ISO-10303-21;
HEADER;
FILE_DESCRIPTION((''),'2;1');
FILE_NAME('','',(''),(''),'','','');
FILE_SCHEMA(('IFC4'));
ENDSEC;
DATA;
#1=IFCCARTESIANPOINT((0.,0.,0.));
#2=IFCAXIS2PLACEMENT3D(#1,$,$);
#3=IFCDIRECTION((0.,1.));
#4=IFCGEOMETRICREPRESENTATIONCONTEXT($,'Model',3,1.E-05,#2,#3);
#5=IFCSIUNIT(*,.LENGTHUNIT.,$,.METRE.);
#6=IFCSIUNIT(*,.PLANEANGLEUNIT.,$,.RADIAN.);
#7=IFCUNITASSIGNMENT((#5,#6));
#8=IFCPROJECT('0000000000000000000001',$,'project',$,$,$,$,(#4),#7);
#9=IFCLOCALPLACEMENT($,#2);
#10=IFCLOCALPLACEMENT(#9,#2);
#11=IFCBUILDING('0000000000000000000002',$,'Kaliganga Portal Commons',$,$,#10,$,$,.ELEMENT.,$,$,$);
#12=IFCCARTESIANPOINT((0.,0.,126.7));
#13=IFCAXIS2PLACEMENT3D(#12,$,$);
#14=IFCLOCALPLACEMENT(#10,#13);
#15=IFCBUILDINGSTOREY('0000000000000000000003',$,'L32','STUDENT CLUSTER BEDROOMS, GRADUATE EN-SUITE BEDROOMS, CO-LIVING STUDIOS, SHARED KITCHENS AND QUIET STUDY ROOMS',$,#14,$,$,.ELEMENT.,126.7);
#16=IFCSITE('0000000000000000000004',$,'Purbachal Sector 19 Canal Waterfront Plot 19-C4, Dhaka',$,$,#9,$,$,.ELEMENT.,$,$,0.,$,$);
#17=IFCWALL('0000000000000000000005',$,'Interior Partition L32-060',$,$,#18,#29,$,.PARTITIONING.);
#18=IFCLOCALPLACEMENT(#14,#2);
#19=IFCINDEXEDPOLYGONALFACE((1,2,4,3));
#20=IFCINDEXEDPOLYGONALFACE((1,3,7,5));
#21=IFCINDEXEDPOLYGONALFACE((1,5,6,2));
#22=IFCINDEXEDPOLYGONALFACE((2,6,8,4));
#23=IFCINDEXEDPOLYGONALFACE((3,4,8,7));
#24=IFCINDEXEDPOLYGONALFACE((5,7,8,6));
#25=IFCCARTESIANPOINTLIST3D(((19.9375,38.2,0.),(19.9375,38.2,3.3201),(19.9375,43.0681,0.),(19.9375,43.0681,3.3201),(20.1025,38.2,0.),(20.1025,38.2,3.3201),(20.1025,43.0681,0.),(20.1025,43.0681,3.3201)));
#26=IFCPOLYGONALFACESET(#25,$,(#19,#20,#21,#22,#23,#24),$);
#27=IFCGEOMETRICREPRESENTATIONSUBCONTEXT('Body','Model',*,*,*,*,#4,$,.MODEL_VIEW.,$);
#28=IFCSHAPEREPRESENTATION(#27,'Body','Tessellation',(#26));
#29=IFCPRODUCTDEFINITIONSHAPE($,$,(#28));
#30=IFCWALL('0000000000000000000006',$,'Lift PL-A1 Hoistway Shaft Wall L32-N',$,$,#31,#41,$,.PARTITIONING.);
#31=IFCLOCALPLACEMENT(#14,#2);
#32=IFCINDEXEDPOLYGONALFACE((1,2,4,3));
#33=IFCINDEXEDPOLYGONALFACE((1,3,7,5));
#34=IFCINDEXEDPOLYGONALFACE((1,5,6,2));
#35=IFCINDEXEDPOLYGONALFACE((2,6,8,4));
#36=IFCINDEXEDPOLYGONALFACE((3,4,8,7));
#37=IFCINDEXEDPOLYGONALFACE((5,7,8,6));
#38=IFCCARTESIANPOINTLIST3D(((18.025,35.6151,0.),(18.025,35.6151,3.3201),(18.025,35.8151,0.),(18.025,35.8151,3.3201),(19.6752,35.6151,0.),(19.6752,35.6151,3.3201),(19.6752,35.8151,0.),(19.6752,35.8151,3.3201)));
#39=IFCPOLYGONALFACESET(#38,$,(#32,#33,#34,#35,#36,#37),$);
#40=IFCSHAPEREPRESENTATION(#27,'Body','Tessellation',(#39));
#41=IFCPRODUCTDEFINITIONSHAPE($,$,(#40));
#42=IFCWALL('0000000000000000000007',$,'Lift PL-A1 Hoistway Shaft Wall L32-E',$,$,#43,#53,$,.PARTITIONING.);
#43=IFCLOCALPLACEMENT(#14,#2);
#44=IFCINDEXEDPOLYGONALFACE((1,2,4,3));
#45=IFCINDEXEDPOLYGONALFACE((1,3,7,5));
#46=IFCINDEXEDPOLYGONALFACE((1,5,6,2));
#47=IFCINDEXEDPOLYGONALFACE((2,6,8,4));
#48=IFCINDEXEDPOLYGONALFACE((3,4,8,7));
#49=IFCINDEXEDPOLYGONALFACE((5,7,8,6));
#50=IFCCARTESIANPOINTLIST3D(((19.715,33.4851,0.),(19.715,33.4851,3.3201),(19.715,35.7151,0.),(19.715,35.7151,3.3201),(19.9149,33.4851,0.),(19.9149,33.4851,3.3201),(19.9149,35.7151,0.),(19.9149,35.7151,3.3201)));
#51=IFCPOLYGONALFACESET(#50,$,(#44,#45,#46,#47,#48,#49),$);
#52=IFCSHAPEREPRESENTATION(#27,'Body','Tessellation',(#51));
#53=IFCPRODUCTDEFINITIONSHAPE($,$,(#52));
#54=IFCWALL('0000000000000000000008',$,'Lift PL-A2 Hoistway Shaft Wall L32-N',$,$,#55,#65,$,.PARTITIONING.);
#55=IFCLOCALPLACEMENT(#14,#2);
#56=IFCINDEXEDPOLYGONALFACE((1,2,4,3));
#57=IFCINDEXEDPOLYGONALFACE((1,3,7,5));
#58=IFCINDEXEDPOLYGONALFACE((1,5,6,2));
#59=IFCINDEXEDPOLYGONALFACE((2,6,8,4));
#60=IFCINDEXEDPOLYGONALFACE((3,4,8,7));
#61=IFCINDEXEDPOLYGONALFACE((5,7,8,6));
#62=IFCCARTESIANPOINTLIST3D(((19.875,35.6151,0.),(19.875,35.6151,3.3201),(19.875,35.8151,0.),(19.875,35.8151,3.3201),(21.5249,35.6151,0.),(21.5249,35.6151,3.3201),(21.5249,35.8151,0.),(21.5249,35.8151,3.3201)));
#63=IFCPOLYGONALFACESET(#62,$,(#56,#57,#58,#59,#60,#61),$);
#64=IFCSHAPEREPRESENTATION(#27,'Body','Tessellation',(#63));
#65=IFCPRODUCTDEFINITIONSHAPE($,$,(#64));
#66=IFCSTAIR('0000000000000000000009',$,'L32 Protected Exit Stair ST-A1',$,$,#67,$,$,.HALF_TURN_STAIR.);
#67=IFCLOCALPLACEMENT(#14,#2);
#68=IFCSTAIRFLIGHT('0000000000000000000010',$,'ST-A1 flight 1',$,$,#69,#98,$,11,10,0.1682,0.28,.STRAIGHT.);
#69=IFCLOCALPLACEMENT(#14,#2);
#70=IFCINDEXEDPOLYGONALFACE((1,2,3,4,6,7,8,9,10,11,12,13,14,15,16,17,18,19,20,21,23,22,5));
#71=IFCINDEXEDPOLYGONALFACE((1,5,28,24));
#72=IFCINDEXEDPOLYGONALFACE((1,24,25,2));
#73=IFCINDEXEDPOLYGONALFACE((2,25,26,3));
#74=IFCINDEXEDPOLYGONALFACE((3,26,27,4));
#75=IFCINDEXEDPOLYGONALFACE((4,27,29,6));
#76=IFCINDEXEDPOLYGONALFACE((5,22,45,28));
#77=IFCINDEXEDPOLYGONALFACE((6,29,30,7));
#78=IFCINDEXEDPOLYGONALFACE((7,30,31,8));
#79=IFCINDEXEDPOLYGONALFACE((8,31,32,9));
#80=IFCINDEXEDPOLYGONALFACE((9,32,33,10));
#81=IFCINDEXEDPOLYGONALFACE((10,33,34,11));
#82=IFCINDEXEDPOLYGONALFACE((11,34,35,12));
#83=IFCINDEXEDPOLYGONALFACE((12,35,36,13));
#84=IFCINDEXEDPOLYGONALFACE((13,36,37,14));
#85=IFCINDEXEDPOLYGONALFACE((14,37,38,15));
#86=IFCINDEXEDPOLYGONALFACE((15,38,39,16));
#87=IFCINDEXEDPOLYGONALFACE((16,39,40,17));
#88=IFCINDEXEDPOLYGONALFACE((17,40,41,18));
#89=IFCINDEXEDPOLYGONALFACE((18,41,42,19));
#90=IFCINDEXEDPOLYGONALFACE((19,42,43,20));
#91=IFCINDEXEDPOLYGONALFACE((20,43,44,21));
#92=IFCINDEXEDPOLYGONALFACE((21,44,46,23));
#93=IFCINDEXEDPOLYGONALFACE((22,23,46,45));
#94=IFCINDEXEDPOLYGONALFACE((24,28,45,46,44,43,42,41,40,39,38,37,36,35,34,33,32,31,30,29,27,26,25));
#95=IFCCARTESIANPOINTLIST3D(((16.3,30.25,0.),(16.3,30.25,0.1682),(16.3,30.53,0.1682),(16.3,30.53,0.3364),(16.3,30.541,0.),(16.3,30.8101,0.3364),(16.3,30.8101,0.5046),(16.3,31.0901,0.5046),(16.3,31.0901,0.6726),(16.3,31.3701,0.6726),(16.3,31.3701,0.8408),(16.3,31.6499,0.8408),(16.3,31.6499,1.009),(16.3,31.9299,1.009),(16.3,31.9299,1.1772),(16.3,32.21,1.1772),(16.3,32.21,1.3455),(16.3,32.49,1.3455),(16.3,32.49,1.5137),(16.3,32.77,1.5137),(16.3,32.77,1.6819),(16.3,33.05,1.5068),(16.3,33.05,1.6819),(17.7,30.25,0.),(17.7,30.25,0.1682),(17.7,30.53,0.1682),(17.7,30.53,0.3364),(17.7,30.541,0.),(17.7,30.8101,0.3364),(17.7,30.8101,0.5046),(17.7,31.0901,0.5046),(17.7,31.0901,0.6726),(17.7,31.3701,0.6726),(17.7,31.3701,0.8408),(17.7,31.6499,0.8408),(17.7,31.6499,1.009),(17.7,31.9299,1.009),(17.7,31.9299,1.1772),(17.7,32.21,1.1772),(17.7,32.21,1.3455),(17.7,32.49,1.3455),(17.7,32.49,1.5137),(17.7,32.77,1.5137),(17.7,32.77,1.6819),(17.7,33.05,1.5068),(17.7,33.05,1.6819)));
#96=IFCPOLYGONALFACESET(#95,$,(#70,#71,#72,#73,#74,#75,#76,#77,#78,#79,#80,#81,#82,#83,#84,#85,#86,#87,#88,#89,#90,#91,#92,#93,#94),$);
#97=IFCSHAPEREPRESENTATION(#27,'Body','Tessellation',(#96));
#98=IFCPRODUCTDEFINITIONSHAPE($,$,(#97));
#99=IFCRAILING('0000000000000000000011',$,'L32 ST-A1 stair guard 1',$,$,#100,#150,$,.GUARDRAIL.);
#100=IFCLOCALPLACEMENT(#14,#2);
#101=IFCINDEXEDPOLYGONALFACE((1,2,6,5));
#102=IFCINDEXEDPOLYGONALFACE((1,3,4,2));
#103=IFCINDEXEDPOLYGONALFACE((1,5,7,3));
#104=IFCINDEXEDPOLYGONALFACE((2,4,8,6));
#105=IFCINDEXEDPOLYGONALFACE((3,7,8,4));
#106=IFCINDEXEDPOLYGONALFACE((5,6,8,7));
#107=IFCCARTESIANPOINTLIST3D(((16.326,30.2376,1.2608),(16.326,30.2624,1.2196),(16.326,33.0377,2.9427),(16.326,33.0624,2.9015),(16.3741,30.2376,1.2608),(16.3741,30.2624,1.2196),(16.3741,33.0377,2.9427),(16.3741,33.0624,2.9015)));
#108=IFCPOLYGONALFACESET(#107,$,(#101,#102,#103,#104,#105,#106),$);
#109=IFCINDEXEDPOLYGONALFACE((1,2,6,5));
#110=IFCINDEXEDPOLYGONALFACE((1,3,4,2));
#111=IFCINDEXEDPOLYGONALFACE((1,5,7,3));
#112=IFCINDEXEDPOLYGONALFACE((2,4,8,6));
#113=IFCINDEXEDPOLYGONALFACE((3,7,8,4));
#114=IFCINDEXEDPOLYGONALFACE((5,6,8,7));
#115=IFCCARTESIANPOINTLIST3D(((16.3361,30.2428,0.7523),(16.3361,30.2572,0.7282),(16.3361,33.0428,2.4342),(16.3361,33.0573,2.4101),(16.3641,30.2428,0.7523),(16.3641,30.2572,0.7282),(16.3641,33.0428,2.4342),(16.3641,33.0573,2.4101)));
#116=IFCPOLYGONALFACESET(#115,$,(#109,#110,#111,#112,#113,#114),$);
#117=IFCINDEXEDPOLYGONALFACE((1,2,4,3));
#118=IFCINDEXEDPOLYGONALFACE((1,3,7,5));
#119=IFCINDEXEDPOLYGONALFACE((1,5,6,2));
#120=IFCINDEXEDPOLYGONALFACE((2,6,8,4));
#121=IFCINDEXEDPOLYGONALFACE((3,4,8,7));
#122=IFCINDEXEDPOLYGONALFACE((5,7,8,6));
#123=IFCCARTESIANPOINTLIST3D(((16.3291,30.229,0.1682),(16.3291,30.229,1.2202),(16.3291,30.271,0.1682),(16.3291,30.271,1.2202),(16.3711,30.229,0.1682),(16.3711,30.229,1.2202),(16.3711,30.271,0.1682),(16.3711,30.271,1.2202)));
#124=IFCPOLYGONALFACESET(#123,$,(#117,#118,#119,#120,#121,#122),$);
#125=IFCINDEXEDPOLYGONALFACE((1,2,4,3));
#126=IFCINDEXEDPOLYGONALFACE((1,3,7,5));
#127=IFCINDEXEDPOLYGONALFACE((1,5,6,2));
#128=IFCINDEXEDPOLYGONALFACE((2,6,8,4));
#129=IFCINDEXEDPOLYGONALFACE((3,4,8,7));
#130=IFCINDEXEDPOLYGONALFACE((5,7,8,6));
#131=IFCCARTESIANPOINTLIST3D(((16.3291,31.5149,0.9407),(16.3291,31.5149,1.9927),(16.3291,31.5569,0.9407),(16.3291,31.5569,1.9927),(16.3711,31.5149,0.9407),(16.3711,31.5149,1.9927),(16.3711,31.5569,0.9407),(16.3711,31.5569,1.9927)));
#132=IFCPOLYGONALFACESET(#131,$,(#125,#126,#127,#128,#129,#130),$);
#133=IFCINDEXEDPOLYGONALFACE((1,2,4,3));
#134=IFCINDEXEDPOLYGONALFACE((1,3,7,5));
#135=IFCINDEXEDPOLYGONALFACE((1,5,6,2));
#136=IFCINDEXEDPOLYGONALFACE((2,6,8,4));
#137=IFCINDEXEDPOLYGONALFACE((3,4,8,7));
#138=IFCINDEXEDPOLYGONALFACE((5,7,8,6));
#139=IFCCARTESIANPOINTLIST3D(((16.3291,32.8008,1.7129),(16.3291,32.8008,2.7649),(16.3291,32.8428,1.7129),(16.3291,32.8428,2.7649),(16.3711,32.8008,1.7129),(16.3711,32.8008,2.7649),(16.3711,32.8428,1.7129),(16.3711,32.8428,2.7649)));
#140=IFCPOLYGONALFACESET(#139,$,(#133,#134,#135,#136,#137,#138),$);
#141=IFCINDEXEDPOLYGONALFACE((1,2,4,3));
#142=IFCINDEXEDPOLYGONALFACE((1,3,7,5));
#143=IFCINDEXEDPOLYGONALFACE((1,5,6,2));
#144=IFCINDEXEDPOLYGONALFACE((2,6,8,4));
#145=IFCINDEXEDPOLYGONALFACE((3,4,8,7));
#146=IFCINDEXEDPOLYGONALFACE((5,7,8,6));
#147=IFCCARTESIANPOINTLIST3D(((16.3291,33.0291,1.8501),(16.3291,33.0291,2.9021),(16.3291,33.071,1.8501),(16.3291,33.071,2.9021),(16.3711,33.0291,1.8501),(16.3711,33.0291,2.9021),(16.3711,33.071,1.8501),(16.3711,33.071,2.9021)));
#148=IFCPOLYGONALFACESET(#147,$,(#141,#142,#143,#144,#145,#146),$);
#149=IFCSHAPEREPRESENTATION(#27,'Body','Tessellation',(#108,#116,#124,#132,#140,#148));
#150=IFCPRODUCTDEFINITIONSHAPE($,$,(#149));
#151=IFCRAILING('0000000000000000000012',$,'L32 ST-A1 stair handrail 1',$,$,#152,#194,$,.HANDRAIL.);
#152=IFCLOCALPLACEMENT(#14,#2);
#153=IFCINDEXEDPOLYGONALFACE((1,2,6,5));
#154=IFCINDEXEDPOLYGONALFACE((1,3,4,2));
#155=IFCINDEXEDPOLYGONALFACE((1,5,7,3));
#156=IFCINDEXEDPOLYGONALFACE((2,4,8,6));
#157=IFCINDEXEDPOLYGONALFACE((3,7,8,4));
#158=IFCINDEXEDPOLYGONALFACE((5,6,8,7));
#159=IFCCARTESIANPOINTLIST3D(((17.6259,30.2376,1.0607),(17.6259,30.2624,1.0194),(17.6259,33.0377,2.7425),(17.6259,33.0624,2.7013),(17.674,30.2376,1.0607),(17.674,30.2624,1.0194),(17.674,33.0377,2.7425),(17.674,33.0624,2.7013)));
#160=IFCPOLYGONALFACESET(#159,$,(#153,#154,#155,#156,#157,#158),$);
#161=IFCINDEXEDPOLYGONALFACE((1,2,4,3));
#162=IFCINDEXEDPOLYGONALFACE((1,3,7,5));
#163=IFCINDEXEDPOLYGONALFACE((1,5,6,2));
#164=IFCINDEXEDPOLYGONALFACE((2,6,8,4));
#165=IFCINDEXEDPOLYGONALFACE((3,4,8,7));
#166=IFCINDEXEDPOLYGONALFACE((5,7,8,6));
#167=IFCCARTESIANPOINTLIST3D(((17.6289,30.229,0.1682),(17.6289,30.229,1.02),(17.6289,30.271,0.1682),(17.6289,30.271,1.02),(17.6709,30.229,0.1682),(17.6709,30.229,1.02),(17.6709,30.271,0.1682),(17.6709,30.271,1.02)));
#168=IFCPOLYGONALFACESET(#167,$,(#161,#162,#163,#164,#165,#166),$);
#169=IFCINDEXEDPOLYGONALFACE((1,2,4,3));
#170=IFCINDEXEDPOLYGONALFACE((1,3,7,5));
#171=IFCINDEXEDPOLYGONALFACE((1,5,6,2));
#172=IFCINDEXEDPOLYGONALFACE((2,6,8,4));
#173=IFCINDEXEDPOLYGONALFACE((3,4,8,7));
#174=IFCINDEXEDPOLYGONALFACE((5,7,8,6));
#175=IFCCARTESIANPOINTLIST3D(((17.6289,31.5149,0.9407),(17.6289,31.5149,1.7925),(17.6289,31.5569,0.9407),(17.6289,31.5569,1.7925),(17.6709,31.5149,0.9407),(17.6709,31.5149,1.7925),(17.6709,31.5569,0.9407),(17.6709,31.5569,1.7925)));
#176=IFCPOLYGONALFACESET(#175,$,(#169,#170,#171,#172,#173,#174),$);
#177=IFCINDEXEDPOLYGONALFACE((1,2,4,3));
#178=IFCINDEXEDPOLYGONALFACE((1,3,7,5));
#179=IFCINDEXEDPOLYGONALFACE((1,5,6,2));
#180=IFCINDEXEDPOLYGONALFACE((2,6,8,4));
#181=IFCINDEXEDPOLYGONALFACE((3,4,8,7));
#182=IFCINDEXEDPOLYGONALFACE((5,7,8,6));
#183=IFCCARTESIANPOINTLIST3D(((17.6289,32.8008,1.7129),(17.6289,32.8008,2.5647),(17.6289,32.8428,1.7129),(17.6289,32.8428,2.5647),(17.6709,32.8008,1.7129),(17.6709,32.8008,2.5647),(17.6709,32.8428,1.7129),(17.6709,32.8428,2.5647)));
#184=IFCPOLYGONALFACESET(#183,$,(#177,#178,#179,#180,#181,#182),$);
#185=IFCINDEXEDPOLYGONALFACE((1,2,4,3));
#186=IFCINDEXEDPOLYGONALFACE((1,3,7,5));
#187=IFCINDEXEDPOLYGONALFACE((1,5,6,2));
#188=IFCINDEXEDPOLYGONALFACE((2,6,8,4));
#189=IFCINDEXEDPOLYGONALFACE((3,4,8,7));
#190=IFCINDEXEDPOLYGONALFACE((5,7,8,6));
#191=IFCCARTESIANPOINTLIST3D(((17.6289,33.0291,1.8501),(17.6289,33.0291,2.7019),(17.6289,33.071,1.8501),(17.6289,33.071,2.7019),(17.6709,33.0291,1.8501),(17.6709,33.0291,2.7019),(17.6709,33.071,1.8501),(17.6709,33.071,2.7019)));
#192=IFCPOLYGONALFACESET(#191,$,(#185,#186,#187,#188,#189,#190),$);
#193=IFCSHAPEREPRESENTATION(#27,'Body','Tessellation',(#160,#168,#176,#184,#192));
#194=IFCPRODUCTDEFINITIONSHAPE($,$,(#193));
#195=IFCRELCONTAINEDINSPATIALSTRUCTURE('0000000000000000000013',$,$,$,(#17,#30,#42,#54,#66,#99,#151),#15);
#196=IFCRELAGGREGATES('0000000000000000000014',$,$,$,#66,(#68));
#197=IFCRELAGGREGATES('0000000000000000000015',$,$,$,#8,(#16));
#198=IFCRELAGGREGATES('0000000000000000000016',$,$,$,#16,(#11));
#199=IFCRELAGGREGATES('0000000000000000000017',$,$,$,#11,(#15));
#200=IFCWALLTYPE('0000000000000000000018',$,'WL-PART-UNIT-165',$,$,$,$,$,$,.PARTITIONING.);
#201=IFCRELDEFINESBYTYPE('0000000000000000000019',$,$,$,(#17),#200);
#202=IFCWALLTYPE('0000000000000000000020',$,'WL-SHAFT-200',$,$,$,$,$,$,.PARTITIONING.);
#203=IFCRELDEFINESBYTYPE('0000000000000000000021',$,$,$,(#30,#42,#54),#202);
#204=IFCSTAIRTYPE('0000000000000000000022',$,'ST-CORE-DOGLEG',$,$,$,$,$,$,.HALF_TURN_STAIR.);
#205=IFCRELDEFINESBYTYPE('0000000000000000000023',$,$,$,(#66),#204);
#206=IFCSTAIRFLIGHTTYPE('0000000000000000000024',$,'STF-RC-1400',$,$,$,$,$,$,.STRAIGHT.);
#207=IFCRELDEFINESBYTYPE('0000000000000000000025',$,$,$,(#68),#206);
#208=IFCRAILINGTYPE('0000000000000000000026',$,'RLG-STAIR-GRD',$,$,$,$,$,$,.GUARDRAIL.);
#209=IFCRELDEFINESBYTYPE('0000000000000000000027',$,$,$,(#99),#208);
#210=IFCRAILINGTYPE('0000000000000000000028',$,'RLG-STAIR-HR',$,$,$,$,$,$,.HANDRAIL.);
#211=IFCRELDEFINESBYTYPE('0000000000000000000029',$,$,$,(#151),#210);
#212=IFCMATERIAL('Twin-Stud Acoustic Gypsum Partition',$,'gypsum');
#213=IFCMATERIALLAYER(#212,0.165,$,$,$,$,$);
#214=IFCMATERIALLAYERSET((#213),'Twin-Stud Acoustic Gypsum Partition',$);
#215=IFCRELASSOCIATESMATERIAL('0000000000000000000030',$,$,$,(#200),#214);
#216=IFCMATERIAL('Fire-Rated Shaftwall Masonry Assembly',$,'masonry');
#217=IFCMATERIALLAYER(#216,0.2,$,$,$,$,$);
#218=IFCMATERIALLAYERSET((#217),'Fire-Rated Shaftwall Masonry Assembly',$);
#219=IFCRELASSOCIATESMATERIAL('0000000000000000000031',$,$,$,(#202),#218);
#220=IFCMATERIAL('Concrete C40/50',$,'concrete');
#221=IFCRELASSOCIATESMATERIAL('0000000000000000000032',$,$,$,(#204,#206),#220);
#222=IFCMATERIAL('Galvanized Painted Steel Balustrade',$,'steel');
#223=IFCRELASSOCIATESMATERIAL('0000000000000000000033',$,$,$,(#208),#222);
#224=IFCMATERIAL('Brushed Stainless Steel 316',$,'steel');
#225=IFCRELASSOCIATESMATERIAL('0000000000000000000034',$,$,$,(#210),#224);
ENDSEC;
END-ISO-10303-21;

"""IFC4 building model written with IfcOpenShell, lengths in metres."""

from ifc_helpers import new_model, si_unit, direction, frame, frame_2d, origin, origin_2d, place, context, subcontext, project, spatial, polyline, rectangle, outline, extrude, material, layer, layer_set, type_object, element, aggregate, save


model = new_model("IFC4")

# Units and contexts
model_context = context("Model", 3, precision=1e-05, world=origin(), true_north=direction((0.0, 1.0)))
body_context = subcontext(model_context, "Body", "Model", "MODEL_VIEW")
ifc_project = project(units=[si_unit("LENGTHUNIT", "METRE"), si_unit("PLANEANGLEUNIT", "RADIAN")], contexts=[model_context])

# Site, building, storey
site_placement = place(None, origin())
site = spatial("IfcSite", under=ifc_project, at=site_placement, Name="Purbachal Sector 19 Canal Waterfront Plot 19-C4, Dhaka", CompositionType="ELEMENT", RefElevation=0.0)
building_placement = place(site_placement, origin())
building = spatial("IfcBuilding", under=site, at=building_placement, Name="Kaliganga Portal Commons", CompositionType="ELEMENT")
storey_placement = place(building_placement, frame((0.0, 0.0, 126.7)))
storey = spatial("IfcBuildingStorey", under=building, at=storey_placement, Name="L32", Description="STUDENT CLUSTER BEDROOMS, GRADUATE EN-SUITE BEDROOMS, CO-LIVING STUDIOS, SHARED KITCHENS AND QUIET STUDY ROOMS", CompositionType="ELEMENT", Elevation=126.7)

# Wall
ifc_material_1 = material(Name="Twin-Stud Acoustic Gypsum Partition", Category="gypsum")
ifc_layer_1 = layer(ifc_material_1, 0.165)
ifc_layer_set_1 = layer_set([ifc_layer_1], Name="Twin-Stud Acoustic Gypsum Partition")
wall_type_1 = type_object("IfcWallType", Name="WL-PART-UNIT-165", PredefinedType="PARTITIONING", material=ifc_layer_set_1)
wall_1_placement = place(storey_placement, frame((20.02, 38.2, 0.0), z_axis=(0.0, 0.0, 1.0), x_axis=(0.0, 1.0, 0.0)))
element("IfcWall", 1, at=wall_1_placement, inside=storey, type_object=wall_type_1, Name="Interior Partition L32-060", PredefinedType="PARTITIONING", context=body_context, shape_type="SweptSolid", body=[
    extrude(rectangle(XDim=4.8682, YDim=0.165, at=frame_2d((2.4341, 0.0))), origin(), (0.0, 0.0, 1.0), 3.3201),
])

# Shared definitions
ifc_material_2 = material(Name="Fire-Rated Shaftwall Masonry Assembly", Category="masonry")
ifc_layer_2 = layer(ifc_material_2, 0.2)
ifc_layer_set_2 = layer_set([ifc_layer_2], Name="Fire-Rated Shaftwall Masonry Assembly")
wall_type_2 = type_object("IfcWallType", Name="WL-SHAFT-200", PredefinedType="PARTITIONING", material=ifc_layer_set_2)

# Walls
wall_2_placement = place(storey_placement, frame((18.0249, 35.7151, 0.0), z_axis=(0.0, 0.0, 1.0), x_axis=(1.0, 0.0, 0.0)))
element("IfcWall", 2, at=wall_2_placement, inside=storey, type_object=wall_type_2, Name="Lift PL-A1 Hoistway Shaft Wall L32-N", PredefinedType="PARTITIONING", context=body_context, shape_type="SweptSolid", body=[
    extrude(rectangle(XDim=1.6501, YDim=0.2, at=frame_2d((0.8252, 0.0))), origin(), (0.0, 0.0, 1.0), 3.3201),
])
wall_3_placement = place(storey_placement, frame((19.8149, 33.4851, 0.0), z_axis=(0.0, 0.0, 1.0), x_axis=(0.0, 1.0, 0.0)))
element("IfcWall", 3, at=wall_3_placement, inside=storey, type_object=wall_type_2, Name="Lift PL-A1 Hoistway Shaft Wall L32-E", PredefinedType="PARTITIONING", context=body_context, shape_type="SweptSolid", body=[
    extrude(rectangle(XDim=2.23, YDim=0.2, at=frame_2d((1.115, 0.0))), origin(), (0.0, 0.0, 1.0), 3.3201),
])

# Wall
wall_4_placement = place(storey_placement, frame((19.875, 35.7151, 0.0), z_axis=(0.0, 0.0, 1.0), x_axis=(1.0, 0.0, 0.0)))
element("IfcWall", 4, at=wall_4_placement, inside=storey, type_object=wall_type_2, Name="Lift PL-A2 Hoistway Shaft Wall L32-N", PredefinedType="PARTITIONING", context=body_context, shape_type="SweptSolid", body=[
    extrude(rectangle(XDim=1.6499, YDim=0.2, at=frame_2d((0.825, 0.0))), origin(), (0.0, 0.0, 1.0), 3.3201),
])

# Stair, stair flight
ifc_material_3 = material(Name="Concrete C40/50", Category="concrete")
stair_type = type_object("IfcStairType", Name="ST-CORE-DOGLEG", PredefinedType="HALF_TURN_STAIR", material=ifc_material_3)
stair_placement = place(storey_placement, origin())
stair = element("IfcStair", 5, at=stair_placement, inside=storey, type_object=stair_type, Name="L32 Protected Exit Stair ST-A1", PredefinedType="HALF_TURN_STAIR")
stair_flight_type = type_object("IfcStairFlightType", Name="STF-RC-1400", PredefinedType="STRAIGHT", material=ifc_material_3)
stair_flight_placement = place(storey_placement, frame((17.0, 30.25, 0.0), z_axis=(0.0, 0.0, 1.0), x_axis=(0.0, 1.0, 0.0)))
stair_flight = element("IfcStairFlight", 6, at=stair_flight_placement, type_object=stair_flight_type, Name="ST-A1 flight 1", NumberOfRisers=11, NumberOfTreads=10, PredefinedType="STRAIGHT", RiserHeight=0.1682, TreadLength=0.28, context=body_context, shape_type="SweptSolid", body=[
    extrude(outline(polyline([(0.0, 0.0), (0.0, 0.1682), (0.28, 0.1682), (0.28, 0.3364), (0.5601, 0.3364), (0.5601, 0.5046), (0.8401, 0.5046), (0.8401, 0.6726), (1.1201, 0.6726), (1.1201, 0.8408), (1.3999, 0.8408), (1.3999, 1.009), (1.6799, 1.009), (1.6799, 1.1772), (1.96, 1.1772), (1.96, 1.3455), (2.24, 1.3455), (2.24, 1.5137), (2.52, 1.5137), (2.52, 1.6819), (2.8, 1.6819), (2.8, 1.8501), (2.8, 1.5068), (0.291, 0.0), (0.0, 0.0)])), frame((0.0, 0.7, 0.0), z_axis=(0.0, -1.0, 0.0), x_axis=(1.0, 0.0, 0.0)), (0.0, 0.0, 1.0), 1.3999),
])
aggregate(stair, [stair_flight])

# Railings
ifc_material_4 = material(Name="Galvanized Painted Steel Balustrade", Category="steel")
railing_type_1 = type_object("IfcRailingType", Name="RLG-STAIR-GRD", PredefinedType="GUARDRAIL", material=ifc_material_4)
railing_1_placement = place(storey_placement, frame((16.3501, 30.25, 0.1682)))
element("IfcRailing", 7, at=railing_1_placement, inside=storey, type_object=railing_type_1, Name="L32 ST-A1 stair guard 1", PredefinedType="GUARDRAIL", context=body_context, shape_type="SweptSolid", body=[
    extrude(rectangle(XDim=0.0481, YDim=0.0481, at=origin_2d()), frame((0.0, 0.0, 1.072), z_axis=(0.0, 0.857242, 0.514913), x_axis=(-1.0, 0.0, 0.0)), (0.0, 0.0, 1.0), 3.2664),
    extrude(rectangle(XDim=0.0281, YDim=0.0281, at=origin_2d()), frame((0.0, 0.0, 0.572), z_axis=(0.0, 0.857242, 0.514913), x_axis=(-1.0, 0.0, 0.0)), (0.0, 0.0, 1.0), 3.2664),
    extrude(rectangle(XDim=0.042, YDim=0.042, at=origin_2d()), origin(), (0.0, 0.0, 1.0), 1.052),
    extrude(rectangle(XDim=0.042, YDim=0.042, at=origin_2d()), frame((0.0, 1.2859, 0.7725)), (0.0, 0.0, 1.0), 1.052),
    extrude(rectangle(XDim=0.042, YDim=0.042, at=origin_2d()), frame((0.0, 2.5718, 1.5447)), (0.0, 0.0, 1.0), 1.052),
    extrude(rectangle(XDim=0.042, YDim=0.042, at=origin_2d()), frame((0.0, 2.8, 1.6819)), (0.0, 0.0, 1.0), 1.052),
])
ifc_material_5 = material(Name="Brushed Stainless Steel 316", Category="steel")
railing_type_2 = type_object("IfcRailingType", Name="RLG-STAIR-HR", PredefinedType="HANDRAIL", material=ifc_material_5)
railing_2_placement = place(storey_placement, frame((17.6499, 30.25, 0.1682)))
element("IfcRailing", 8, at=railing_2_placement, inside=storey, type_object=railing_type_2, Name="L32 ST-A1 stair handrail 1", PredefinedType="HANDRAIL", context=body_context, shape_type="SweptSolid", body=[
    extrude(rectangle(XDim=0.0481, YDim=0.0481, at=origin_2d()), frame((0.0, 0.0, 0.8718), z_axis=(0.0, 0.857242, 0.514913), x_axis=(-1.0, 0.0, 0.0)), (0.0, 0.0, 1.0), 3.2664),
    extrude(rectangle(XDim=0.042, YDim=0.042, at=origin_2d()), origin(), (0.0, 0.0, 1.0), 0.8518),
    extrude(rectangle(XDim=0.042, YDim=0.042, at=origin_2d()), frame((0.0, 1.2859, 0.7725)), (0.0, 0.0, 1.0), 0.8518),
    extrude(rectangle(XDim=0.042, YDim=0.042, at=origin_2d()), frame((0.0, 2.5718, 1.5447)), (0.0, 0.0, 1.0), 0.8518),
    extrude(rectangle(XDim=0.042, YDim=0.042, at=origin_2d()), frame((0.0, 2.8, 1.6819)), (0.0, 0.0, 1.0), 0.8518),
])

save(model, "model.ifc")
